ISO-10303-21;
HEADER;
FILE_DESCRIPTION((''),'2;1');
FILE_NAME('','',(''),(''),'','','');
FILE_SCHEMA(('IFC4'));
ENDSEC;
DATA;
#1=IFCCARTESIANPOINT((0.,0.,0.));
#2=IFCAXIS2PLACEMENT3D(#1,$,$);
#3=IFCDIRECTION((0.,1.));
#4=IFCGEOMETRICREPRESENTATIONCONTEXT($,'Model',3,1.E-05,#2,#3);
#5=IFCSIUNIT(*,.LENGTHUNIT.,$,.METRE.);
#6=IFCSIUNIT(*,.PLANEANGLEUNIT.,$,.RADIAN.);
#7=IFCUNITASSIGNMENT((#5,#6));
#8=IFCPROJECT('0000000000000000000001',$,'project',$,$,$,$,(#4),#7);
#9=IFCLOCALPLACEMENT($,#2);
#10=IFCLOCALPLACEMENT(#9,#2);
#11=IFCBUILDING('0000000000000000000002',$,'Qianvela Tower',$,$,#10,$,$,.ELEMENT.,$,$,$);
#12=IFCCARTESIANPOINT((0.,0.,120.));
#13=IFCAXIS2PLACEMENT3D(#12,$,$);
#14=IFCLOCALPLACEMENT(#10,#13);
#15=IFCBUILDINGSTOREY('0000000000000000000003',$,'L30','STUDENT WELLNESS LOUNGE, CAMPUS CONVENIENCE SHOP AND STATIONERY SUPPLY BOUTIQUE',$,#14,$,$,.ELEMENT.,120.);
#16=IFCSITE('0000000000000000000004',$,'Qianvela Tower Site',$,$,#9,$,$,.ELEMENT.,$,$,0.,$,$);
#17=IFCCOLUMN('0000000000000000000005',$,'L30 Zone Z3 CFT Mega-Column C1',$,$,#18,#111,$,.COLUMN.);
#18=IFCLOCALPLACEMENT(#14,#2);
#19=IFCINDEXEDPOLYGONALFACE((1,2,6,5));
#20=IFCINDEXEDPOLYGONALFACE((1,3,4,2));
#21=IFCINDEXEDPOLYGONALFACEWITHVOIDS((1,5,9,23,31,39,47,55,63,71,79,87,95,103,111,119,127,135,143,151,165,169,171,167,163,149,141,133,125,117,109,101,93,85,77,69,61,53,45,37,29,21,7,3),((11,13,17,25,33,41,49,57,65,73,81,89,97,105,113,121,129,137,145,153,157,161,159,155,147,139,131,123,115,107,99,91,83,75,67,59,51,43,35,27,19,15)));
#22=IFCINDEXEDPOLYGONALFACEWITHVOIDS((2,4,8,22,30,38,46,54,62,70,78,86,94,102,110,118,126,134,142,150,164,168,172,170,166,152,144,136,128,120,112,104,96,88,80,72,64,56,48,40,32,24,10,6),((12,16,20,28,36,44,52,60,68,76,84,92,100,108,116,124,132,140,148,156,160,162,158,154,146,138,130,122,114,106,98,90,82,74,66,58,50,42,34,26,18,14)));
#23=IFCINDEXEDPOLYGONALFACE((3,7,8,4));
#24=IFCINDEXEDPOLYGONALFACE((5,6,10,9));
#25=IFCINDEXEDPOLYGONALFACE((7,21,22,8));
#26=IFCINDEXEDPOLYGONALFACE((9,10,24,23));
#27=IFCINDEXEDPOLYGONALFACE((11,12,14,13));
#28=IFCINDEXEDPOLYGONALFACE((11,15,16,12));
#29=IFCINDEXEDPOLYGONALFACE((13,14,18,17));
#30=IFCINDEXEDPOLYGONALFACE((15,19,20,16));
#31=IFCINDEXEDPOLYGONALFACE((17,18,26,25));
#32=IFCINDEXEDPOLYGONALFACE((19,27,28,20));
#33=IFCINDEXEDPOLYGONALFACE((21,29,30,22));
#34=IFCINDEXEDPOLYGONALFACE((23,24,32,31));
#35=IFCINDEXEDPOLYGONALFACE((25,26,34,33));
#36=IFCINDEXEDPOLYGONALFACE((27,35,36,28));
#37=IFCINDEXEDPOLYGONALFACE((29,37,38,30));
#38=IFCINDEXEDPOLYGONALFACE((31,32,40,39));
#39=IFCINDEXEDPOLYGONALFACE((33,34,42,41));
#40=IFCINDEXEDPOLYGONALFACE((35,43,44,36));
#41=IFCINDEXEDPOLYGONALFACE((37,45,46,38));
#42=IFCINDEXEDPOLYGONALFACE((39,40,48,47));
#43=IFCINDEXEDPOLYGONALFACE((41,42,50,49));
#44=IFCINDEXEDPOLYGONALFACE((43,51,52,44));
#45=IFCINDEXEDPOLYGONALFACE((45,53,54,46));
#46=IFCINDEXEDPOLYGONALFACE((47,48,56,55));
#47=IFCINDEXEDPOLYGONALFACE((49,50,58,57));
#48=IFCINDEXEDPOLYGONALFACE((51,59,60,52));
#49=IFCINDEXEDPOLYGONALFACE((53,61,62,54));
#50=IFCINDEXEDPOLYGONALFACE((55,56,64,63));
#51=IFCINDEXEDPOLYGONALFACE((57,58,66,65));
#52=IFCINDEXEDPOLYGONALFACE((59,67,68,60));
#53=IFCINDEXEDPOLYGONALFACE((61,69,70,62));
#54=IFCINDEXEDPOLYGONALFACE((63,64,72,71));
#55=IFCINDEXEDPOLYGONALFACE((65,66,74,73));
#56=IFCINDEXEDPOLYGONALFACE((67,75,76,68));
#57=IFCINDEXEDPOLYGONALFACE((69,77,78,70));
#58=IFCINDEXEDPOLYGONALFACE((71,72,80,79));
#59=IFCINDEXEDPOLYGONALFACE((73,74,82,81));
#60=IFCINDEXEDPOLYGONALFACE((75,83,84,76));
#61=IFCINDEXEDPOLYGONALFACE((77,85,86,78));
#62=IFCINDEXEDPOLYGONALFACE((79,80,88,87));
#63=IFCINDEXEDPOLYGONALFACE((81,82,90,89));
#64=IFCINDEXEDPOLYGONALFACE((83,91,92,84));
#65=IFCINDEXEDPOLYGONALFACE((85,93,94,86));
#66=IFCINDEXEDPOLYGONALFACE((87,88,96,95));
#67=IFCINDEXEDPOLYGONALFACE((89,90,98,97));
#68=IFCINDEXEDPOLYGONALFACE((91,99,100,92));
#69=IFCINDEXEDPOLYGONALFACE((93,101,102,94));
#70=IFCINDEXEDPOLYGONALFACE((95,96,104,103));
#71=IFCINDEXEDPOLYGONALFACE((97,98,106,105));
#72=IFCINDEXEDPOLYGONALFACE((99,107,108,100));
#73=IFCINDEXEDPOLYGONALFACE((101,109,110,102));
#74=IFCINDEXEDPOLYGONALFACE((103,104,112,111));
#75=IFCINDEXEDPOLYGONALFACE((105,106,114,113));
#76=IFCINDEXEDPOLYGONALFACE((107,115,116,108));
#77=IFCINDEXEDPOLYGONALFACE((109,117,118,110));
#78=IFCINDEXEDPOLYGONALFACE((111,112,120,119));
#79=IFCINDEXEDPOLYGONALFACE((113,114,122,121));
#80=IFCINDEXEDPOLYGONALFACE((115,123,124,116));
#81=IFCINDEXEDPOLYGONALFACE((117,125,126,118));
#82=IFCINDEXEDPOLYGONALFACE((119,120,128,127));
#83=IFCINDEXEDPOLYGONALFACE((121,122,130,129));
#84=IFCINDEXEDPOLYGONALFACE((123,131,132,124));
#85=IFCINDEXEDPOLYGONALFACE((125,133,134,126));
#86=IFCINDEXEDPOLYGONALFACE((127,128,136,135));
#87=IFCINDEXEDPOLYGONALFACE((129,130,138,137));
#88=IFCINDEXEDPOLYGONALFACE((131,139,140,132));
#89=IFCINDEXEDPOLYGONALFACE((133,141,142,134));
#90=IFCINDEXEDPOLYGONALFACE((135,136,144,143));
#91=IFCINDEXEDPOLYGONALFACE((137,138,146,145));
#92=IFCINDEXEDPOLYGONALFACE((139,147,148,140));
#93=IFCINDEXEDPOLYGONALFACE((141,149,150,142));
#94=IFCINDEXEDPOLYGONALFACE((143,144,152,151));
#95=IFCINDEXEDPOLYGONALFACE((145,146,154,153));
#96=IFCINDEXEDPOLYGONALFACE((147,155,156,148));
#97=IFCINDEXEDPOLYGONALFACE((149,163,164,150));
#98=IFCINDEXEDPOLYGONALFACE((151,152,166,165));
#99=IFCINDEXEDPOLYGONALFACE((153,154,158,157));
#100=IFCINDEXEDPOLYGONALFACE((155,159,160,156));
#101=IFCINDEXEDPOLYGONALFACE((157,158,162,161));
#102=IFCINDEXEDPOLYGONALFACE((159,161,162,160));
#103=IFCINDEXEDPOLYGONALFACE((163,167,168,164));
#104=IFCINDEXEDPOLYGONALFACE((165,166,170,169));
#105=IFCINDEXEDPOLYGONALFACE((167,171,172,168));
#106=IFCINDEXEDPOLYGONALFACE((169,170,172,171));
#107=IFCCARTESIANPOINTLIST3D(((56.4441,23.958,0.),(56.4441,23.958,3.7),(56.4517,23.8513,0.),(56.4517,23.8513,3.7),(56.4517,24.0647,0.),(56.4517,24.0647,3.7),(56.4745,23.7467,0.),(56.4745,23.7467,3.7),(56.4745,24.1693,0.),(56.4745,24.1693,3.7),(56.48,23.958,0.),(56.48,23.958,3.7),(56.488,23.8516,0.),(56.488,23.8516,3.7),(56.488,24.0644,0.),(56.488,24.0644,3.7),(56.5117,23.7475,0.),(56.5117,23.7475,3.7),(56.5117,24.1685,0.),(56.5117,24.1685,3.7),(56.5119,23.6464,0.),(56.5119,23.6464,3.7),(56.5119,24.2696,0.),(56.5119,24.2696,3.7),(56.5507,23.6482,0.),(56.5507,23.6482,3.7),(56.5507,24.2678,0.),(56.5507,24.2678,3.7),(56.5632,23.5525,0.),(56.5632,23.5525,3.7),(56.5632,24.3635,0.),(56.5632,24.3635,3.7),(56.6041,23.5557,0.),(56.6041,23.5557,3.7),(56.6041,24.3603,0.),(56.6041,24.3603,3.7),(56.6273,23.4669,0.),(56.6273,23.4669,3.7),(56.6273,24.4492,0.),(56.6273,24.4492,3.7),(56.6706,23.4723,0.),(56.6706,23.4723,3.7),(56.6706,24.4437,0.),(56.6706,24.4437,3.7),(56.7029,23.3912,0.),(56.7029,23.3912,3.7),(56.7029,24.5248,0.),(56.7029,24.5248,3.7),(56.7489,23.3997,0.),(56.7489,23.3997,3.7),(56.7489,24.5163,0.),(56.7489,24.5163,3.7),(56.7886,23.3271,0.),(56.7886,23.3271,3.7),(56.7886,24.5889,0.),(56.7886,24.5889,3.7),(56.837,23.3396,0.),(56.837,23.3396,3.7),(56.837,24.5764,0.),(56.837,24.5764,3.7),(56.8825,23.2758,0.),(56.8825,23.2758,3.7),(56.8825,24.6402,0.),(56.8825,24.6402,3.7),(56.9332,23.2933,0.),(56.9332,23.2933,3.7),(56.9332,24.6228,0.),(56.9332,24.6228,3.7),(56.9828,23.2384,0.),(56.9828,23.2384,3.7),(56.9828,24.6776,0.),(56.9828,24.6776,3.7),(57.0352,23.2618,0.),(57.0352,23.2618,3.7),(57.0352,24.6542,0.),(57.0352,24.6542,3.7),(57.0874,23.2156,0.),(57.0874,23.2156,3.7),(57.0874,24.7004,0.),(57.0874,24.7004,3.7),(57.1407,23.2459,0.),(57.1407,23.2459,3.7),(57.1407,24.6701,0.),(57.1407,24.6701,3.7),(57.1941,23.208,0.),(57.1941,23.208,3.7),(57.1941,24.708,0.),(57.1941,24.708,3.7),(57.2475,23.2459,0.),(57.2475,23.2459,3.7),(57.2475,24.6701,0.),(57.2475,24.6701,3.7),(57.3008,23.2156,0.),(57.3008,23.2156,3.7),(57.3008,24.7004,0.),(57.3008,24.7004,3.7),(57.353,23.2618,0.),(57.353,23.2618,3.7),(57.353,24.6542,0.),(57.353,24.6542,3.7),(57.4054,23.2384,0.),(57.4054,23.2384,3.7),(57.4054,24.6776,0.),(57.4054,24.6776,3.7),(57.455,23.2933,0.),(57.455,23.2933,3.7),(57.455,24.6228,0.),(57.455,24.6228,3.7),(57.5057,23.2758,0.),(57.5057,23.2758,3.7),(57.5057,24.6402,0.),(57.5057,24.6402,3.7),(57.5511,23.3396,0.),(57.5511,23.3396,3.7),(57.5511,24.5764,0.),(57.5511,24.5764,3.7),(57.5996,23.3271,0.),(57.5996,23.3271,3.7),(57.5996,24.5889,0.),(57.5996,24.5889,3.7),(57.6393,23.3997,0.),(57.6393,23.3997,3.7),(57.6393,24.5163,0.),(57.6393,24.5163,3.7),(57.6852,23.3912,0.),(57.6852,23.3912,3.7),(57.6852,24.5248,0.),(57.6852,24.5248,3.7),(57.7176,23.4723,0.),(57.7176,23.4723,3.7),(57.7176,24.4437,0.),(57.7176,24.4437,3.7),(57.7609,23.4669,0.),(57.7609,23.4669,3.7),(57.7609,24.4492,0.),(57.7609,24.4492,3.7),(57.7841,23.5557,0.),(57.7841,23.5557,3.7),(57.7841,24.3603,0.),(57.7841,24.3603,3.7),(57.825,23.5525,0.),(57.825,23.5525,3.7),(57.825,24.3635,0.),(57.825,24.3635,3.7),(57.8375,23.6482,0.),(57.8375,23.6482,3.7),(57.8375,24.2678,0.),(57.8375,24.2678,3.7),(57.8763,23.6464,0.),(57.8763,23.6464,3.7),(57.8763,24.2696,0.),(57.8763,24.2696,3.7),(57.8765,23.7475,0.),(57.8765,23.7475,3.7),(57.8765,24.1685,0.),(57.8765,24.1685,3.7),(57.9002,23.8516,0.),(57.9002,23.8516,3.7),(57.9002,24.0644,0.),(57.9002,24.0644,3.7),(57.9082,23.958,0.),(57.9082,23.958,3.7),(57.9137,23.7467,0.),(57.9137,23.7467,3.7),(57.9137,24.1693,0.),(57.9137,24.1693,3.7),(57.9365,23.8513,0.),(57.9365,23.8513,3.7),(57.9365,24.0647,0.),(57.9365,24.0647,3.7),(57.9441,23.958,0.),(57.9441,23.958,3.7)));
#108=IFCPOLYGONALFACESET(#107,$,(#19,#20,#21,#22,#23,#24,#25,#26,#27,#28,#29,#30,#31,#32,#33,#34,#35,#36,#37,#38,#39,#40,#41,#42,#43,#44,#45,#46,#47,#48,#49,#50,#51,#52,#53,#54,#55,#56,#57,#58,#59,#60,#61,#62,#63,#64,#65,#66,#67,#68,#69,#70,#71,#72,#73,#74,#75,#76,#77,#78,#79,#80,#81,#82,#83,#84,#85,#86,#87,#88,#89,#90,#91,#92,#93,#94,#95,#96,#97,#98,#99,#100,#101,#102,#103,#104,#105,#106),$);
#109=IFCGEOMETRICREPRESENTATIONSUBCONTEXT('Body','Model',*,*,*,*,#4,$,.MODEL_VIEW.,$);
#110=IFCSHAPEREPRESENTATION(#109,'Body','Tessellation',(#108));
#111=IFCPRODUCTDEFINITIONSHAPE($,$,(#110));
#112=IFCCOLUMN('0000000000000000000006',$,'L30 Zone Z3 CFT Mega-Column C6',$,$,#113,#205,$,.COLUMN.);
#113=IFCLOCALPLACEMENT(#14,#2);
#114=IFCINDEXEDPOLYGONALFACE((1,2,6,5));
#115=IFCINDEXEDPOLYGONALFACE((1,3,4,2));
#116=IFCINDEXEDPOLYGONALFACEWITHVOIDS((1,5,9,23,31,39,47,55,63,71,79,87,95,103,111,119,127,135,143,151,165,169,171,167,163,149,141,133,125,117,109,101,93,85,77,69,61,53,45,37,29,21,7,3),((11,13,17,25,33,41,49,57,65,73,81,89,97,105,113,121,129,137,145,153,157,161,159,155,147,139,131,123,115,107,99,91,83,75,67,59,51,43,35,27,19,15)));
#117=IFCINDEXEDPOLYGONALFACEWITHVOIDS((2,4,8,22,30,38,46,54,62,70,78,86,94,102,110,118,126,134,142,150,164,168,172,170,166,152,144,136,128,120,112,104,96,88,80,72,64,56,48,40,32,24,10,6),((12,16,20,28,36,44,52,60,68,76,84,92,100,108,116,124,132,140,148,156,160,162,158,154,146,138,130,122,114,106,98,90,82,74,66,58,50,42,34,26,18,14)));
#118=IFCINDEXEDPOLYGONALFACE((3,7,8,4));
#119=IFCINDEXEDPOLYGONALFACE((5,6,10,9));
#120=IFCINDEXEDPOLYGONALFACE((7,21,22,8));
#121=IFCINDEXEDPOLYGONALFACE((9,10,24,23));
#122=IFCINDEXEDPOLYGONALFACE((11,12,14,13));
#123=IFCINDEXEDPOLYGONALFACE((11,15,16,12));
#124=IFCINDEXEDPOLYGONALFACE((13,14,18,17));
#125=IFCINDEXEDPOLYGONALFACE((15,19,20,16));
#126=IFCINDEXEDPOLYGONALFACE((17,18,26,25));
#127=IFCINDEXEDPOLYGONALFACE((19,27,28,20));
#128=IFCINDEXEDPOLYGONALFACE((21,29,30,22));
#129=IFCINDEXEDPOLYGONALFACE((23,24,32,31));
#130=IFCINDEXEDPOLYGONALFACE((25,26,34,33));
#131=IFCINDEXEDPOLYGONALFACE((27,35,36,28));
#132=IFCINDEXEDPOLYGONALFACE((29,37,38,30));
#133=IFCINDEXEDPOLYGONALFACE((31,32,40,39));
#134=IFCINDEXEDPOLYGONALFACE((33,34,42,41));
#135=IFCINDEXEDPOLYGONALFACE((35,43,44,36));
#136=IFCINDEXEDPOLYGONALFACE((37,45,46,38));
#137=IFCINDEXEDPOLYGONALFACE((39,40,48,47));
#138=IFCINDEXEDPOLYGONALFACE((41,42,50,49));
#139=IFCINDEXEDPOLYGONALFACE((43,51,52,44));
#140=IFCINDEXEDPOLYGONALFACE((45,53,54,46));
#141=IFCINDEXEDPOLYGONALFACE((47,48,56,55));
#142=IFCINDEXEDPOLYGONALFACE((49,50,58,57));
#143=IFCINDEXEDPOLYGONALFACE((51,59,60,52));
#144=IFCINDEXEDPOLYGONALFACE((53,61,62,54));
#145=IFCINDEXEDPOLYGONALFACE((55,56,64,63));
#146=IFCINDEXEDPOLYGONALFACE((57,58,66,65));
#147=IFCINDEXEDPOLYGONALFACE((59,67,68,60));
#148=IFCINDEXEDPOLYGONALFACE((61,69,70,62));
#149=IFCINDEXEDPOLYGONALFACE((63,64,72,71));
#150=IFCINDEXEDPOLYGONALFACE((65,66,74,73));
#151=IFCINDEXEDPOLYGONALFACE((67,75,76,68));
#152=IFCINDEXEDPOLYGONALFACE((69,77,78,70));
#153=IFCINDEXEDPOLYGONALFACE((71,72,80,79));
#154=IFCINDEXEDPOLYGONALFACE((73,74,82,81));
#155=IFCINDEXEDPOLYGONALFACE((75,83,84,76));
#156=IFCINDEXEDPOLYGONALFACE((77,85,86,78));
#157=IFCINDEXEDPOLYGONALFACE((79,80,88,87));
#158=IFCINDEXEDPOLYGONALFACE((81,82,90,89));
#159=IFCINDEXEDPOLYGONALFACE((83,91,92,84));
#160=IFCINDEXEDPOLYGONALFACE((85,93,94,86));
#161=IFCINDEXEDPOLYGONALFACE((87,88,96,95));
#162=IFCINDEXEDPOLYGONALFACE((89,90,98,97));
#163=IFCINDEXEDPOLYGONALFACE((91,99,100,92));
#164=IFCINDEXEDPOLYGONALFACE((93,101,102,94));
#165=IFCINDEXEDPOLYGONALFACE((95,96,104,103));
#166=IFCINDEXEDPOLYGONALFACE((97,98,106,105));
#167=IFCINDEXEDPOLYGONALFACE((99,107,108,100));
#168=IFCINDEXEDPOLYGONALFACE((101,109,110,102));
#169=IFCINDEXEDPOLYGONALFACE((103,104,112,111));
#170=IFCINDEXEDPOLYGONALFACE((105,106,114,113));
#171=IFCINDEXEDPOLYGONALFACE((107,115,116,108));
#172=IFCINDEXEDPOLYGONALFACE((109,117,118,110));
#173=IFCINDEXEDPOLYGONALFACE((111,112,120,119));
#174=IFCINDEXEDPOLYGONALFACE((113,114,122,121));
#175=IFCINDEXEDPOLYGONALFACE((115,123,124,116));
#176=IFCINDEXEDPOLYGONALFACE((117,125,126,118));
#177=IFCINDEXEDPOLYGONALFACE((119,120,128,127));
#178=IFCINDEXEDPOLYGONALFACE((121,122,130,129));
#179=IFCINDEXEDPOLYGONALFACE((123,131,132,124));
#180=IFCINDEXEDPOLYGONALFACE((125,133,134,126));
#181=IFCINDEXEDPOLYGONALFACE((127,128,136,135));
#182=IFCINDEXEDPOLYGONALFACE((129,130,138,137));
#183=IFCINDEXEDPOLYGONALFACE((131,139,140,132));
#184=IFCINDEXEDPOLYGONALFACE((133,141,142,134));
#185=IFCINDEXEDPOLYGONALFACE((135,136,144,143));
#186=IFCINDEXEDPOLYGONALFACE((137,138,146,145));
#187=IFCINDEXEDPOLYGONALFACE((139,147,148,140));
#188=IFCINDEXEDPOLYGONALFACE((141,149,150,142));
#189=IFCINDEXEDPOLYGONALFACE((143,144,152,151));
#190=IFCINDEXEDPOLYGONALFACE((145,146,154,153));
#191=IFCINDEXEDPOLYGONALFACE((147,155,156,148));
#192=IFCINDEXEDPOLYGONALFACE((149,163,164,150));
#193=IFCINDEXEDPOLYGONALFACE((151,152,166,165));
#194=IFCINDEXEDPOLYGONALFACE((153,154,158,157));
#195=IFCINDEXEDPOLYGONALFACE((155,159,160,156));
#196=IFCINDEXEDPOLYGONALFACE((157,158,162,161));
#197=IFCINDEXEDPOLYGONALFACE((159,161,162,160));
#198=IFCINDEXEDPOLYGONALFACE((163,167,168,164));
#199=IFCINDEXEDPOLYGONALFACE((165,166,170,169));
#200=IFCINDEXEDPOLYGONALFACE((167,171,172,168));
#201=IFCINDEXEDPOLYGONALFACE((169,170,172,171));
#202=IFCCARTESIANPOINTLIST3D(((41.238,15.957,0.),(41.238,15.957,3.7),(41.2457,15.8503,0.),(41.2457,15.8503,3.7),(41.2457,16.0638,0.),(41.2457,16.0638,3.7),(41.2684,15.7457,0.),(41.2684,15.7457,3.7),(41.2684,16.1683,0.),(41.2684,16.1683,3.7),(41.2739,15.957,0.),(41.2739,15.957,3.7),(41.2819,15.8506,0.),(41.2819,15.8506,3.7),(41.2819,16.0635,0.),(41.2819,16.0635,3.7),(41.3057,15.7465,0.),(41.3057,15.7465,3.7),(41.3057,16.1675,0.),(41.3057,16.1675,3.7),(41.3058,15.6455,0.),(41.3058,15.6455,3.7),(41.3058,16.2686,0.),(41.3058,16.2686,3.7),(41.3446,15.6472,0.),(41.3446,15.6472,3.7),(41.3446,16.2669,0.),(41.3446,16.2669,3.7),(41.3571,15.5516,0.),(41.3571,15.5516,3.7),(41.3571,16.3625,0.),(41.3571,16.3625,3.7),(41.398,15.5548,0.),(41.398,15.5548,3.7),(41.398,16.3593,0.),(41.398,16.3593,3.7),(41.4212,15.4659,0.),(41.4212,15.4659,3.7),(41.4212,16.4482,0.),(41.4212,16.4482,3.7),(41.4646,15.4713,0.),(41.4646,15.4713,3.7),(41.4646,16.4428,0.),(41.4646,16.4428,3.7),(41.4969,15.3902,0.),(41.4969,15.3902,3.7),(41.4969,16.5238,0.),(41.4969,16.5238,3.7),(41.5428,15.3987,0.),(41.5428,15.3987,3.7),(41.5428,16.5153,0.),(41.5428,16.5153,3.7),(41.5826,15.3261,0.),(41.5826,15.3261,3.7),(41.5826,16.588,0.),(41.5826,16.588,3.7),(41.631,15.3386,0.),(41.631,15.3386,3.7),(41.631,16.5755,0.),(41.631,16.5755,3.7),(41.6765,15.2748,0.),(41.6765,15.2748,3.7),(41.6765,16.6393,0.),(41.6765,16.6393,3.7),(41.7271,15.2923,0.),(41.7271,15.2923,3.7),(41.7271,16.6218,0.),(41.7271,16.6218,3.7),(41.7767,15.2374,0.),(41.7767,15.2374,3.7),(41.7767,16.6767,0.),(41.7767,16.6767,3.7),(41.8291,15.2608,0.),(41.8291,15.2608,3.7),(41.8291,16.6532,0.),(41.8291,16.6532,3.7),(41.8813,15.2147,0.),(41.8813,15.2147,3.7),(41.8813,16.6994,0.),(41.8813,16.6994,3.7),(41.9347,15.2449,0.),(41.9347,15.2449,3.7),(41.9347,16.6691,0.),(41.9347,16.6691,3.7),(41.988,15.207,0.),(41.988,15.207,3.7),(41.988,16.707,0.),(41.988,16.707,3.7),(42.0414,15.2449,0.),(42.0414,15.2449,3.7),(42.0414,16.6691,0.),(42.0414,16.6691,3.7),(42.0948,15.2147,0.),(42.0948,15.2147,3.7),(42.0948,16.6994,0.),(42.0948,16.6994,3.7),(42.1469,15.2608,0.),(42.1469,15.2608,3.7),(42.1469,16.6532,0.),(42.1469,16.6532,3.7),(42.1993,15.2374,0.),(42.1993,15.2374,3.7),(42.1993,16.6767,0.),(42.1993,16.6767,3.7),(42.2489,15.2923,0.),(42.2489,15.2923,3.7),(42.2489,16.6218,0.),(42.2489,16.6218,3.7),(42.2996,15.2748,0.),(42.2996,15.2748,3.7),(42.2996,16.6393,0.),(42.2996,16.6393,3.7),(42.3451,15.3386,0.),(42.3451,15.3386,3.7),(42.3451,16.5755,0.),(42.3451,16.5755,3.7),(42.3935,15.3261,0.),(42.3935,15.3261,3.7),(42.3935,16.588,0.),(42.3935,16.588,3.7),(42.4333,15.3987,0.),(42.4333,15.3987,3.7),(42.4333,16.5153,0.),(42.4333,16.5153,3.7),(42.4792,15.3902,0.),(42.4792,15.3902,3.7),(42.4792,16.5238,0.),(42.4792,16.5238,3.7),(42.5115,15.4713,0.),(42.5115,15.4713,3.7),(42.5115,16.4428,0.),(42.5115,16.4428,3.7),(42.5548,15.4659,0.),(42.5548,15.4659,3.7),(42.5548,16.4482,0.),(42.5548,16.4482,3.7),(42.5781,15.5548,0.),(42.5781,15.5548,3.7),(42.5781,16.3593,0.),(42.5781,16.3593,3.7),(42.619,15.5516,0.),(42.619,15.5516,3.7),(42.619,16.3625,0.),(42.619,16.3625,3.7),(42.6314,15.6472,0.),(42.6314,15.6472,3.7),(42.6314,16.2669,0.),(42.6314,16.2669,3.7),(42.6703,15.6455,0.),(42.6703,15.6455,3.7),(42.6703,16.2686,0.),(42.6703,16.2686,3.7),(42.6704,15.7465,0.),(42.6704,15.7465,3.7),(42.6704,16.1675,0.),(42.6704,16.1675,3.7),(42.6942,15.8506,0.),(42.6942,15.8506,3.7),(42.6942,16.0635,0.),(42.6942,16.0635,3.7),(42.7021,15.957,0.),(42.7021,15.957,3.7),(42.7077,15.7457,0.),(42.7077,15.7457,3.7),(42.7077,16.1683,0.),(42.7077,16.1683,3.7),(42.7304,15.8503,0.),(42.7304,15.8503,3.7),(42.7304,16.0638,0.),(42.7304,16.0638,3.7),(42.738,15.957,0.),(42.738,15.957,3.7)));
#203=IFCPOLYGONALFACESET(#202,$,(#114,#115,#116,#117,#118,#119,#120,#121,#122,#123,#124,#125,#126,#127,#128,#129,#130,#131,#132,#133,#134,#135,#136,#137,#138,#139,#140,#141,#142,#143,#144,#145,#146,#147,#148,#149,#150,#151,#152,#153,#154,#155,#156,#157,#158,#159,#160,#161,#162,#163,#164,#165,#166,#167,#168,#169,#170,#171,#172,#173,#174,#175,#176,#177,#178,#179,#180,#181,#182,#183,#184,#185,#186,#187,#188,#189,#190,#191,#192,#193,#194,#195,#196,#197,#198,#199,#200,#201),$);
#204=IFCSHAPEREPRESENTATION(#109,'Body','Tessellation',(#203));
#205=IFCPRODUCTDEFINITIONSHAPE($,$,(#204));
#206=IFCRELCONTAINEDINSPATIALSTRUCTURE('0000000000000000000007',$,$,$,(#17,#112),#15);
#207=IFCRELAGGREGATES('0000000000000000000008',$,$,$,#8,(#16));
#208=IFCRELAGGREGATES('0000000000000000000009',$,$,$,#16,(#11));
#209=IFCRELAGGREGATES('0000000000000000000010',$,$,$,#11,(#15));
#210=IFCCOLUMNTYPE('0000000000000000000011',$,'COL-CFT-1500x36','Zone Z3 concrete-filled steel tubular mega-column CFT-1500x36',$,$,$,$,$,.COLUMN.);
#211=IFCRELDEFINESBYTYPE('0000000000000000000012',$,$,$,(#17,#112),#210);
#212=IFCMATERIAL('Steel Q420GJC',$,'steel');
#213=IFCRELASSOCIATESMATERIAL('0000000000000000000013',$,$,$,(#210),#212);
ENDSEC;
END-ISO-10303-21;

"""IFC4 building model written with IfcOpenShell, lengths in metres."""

from ifc_helpers import new_model, si_unit, direction, frame, origin, origin_2d, place, context, subcontext, project, spatial, hollow_circle, extrude, material, material_profile, profile_set, type_object, element, save


model = new_model("IFC4")

# Units and contexts
model_context = context("Model", 3, precision=1e-05, world=origin(), true_north=direction((0.0, 1.0)))
body_context = subcontext(model_context, "Body", "Model", "MODEL_VIEW")
ifc_project = project(units=[si_unit("LENGTHUNIT", "METRE"), si_unit("PLANEANGLEUNIT", "RADIAN")], contexts=[model_context])

# Site, building, storey
site_placement = place(None, origin())
site = spatial("IfcSite", under=ifc_project, at=site_placement, Name="Qianvela Tower Site", CompositionType="ELEMENT", RefElevation=0.0)
building_placement = place(site_placement, origin())
building = spatial("IfcBuilding", under=site, at=building_placement, Name="Qianvela Tower", CompositionType="ELEMENT")
storey_placement = place(building_placement, frame((0.0, 0.0, 120.0)))
storey = spatial("IfcBuildingStorey", under=building, at=storey_placement, Name="L30", Description="STUDENT WELLNESS LOUNGE, CAMPUS CONVENIENCE SHOP AND STATIONERY SUPPLY BOUTIQUE", CompositionType="ELEMENT", Elevation=120.0)

# Columns
ifc_material_1 = material(Name="Steel Q420GJC", Category="steel")
ifc_material_profile_1 = material_profile(ifc_material_1, hollow_circle(Radius=0.75, WallThickness=0.0359, at=origin_2d()), Name="CFT-1500x36")
ifc_profile_set_1 = profile_set([ifc_material_profile_1], Name="Steel Q420GJC")
column_type = type_object("IfcColumnType", Name="COL-CFT-1500x36", Description="Zone Z3 concrete-filled steel tubular mega-column CFT-1500x36", PredefinedType="COLUMN", material=ifc_profile_set_1)
for number, where, z_axis, x_axis, name in (
    (1, (57.1941, 23.958, 0.0), (0.0, 0.0, 1.0), (1.0, 0.0, 0.0), "L30 Zone Z3 CFT Mega-Column C1"),
    (2, (41.988, 15.957, 0.0), (0.0, 0.0, 1.0), (1.0, 0.0, 0.0), "L30 Zone Z3 CFT Mega-Column C6"),
):
    element("IfcColumn", number, at=place(storey_placement, frame(where, z_axis=z_axis, x_axis=x_axis)), inside=storey, type_object=column_type, Name=name, PredefinedType="COLUMN", context=body_context, shape_type="SweptSolid", body=[
        extrude(hollow_circle(Radius=0.75, WallThickness=0.0359, at=origin_2d()), origin(), (0.0, 0.0, 1.0), 3.7),
    ])

save(model, "model.ifc")
